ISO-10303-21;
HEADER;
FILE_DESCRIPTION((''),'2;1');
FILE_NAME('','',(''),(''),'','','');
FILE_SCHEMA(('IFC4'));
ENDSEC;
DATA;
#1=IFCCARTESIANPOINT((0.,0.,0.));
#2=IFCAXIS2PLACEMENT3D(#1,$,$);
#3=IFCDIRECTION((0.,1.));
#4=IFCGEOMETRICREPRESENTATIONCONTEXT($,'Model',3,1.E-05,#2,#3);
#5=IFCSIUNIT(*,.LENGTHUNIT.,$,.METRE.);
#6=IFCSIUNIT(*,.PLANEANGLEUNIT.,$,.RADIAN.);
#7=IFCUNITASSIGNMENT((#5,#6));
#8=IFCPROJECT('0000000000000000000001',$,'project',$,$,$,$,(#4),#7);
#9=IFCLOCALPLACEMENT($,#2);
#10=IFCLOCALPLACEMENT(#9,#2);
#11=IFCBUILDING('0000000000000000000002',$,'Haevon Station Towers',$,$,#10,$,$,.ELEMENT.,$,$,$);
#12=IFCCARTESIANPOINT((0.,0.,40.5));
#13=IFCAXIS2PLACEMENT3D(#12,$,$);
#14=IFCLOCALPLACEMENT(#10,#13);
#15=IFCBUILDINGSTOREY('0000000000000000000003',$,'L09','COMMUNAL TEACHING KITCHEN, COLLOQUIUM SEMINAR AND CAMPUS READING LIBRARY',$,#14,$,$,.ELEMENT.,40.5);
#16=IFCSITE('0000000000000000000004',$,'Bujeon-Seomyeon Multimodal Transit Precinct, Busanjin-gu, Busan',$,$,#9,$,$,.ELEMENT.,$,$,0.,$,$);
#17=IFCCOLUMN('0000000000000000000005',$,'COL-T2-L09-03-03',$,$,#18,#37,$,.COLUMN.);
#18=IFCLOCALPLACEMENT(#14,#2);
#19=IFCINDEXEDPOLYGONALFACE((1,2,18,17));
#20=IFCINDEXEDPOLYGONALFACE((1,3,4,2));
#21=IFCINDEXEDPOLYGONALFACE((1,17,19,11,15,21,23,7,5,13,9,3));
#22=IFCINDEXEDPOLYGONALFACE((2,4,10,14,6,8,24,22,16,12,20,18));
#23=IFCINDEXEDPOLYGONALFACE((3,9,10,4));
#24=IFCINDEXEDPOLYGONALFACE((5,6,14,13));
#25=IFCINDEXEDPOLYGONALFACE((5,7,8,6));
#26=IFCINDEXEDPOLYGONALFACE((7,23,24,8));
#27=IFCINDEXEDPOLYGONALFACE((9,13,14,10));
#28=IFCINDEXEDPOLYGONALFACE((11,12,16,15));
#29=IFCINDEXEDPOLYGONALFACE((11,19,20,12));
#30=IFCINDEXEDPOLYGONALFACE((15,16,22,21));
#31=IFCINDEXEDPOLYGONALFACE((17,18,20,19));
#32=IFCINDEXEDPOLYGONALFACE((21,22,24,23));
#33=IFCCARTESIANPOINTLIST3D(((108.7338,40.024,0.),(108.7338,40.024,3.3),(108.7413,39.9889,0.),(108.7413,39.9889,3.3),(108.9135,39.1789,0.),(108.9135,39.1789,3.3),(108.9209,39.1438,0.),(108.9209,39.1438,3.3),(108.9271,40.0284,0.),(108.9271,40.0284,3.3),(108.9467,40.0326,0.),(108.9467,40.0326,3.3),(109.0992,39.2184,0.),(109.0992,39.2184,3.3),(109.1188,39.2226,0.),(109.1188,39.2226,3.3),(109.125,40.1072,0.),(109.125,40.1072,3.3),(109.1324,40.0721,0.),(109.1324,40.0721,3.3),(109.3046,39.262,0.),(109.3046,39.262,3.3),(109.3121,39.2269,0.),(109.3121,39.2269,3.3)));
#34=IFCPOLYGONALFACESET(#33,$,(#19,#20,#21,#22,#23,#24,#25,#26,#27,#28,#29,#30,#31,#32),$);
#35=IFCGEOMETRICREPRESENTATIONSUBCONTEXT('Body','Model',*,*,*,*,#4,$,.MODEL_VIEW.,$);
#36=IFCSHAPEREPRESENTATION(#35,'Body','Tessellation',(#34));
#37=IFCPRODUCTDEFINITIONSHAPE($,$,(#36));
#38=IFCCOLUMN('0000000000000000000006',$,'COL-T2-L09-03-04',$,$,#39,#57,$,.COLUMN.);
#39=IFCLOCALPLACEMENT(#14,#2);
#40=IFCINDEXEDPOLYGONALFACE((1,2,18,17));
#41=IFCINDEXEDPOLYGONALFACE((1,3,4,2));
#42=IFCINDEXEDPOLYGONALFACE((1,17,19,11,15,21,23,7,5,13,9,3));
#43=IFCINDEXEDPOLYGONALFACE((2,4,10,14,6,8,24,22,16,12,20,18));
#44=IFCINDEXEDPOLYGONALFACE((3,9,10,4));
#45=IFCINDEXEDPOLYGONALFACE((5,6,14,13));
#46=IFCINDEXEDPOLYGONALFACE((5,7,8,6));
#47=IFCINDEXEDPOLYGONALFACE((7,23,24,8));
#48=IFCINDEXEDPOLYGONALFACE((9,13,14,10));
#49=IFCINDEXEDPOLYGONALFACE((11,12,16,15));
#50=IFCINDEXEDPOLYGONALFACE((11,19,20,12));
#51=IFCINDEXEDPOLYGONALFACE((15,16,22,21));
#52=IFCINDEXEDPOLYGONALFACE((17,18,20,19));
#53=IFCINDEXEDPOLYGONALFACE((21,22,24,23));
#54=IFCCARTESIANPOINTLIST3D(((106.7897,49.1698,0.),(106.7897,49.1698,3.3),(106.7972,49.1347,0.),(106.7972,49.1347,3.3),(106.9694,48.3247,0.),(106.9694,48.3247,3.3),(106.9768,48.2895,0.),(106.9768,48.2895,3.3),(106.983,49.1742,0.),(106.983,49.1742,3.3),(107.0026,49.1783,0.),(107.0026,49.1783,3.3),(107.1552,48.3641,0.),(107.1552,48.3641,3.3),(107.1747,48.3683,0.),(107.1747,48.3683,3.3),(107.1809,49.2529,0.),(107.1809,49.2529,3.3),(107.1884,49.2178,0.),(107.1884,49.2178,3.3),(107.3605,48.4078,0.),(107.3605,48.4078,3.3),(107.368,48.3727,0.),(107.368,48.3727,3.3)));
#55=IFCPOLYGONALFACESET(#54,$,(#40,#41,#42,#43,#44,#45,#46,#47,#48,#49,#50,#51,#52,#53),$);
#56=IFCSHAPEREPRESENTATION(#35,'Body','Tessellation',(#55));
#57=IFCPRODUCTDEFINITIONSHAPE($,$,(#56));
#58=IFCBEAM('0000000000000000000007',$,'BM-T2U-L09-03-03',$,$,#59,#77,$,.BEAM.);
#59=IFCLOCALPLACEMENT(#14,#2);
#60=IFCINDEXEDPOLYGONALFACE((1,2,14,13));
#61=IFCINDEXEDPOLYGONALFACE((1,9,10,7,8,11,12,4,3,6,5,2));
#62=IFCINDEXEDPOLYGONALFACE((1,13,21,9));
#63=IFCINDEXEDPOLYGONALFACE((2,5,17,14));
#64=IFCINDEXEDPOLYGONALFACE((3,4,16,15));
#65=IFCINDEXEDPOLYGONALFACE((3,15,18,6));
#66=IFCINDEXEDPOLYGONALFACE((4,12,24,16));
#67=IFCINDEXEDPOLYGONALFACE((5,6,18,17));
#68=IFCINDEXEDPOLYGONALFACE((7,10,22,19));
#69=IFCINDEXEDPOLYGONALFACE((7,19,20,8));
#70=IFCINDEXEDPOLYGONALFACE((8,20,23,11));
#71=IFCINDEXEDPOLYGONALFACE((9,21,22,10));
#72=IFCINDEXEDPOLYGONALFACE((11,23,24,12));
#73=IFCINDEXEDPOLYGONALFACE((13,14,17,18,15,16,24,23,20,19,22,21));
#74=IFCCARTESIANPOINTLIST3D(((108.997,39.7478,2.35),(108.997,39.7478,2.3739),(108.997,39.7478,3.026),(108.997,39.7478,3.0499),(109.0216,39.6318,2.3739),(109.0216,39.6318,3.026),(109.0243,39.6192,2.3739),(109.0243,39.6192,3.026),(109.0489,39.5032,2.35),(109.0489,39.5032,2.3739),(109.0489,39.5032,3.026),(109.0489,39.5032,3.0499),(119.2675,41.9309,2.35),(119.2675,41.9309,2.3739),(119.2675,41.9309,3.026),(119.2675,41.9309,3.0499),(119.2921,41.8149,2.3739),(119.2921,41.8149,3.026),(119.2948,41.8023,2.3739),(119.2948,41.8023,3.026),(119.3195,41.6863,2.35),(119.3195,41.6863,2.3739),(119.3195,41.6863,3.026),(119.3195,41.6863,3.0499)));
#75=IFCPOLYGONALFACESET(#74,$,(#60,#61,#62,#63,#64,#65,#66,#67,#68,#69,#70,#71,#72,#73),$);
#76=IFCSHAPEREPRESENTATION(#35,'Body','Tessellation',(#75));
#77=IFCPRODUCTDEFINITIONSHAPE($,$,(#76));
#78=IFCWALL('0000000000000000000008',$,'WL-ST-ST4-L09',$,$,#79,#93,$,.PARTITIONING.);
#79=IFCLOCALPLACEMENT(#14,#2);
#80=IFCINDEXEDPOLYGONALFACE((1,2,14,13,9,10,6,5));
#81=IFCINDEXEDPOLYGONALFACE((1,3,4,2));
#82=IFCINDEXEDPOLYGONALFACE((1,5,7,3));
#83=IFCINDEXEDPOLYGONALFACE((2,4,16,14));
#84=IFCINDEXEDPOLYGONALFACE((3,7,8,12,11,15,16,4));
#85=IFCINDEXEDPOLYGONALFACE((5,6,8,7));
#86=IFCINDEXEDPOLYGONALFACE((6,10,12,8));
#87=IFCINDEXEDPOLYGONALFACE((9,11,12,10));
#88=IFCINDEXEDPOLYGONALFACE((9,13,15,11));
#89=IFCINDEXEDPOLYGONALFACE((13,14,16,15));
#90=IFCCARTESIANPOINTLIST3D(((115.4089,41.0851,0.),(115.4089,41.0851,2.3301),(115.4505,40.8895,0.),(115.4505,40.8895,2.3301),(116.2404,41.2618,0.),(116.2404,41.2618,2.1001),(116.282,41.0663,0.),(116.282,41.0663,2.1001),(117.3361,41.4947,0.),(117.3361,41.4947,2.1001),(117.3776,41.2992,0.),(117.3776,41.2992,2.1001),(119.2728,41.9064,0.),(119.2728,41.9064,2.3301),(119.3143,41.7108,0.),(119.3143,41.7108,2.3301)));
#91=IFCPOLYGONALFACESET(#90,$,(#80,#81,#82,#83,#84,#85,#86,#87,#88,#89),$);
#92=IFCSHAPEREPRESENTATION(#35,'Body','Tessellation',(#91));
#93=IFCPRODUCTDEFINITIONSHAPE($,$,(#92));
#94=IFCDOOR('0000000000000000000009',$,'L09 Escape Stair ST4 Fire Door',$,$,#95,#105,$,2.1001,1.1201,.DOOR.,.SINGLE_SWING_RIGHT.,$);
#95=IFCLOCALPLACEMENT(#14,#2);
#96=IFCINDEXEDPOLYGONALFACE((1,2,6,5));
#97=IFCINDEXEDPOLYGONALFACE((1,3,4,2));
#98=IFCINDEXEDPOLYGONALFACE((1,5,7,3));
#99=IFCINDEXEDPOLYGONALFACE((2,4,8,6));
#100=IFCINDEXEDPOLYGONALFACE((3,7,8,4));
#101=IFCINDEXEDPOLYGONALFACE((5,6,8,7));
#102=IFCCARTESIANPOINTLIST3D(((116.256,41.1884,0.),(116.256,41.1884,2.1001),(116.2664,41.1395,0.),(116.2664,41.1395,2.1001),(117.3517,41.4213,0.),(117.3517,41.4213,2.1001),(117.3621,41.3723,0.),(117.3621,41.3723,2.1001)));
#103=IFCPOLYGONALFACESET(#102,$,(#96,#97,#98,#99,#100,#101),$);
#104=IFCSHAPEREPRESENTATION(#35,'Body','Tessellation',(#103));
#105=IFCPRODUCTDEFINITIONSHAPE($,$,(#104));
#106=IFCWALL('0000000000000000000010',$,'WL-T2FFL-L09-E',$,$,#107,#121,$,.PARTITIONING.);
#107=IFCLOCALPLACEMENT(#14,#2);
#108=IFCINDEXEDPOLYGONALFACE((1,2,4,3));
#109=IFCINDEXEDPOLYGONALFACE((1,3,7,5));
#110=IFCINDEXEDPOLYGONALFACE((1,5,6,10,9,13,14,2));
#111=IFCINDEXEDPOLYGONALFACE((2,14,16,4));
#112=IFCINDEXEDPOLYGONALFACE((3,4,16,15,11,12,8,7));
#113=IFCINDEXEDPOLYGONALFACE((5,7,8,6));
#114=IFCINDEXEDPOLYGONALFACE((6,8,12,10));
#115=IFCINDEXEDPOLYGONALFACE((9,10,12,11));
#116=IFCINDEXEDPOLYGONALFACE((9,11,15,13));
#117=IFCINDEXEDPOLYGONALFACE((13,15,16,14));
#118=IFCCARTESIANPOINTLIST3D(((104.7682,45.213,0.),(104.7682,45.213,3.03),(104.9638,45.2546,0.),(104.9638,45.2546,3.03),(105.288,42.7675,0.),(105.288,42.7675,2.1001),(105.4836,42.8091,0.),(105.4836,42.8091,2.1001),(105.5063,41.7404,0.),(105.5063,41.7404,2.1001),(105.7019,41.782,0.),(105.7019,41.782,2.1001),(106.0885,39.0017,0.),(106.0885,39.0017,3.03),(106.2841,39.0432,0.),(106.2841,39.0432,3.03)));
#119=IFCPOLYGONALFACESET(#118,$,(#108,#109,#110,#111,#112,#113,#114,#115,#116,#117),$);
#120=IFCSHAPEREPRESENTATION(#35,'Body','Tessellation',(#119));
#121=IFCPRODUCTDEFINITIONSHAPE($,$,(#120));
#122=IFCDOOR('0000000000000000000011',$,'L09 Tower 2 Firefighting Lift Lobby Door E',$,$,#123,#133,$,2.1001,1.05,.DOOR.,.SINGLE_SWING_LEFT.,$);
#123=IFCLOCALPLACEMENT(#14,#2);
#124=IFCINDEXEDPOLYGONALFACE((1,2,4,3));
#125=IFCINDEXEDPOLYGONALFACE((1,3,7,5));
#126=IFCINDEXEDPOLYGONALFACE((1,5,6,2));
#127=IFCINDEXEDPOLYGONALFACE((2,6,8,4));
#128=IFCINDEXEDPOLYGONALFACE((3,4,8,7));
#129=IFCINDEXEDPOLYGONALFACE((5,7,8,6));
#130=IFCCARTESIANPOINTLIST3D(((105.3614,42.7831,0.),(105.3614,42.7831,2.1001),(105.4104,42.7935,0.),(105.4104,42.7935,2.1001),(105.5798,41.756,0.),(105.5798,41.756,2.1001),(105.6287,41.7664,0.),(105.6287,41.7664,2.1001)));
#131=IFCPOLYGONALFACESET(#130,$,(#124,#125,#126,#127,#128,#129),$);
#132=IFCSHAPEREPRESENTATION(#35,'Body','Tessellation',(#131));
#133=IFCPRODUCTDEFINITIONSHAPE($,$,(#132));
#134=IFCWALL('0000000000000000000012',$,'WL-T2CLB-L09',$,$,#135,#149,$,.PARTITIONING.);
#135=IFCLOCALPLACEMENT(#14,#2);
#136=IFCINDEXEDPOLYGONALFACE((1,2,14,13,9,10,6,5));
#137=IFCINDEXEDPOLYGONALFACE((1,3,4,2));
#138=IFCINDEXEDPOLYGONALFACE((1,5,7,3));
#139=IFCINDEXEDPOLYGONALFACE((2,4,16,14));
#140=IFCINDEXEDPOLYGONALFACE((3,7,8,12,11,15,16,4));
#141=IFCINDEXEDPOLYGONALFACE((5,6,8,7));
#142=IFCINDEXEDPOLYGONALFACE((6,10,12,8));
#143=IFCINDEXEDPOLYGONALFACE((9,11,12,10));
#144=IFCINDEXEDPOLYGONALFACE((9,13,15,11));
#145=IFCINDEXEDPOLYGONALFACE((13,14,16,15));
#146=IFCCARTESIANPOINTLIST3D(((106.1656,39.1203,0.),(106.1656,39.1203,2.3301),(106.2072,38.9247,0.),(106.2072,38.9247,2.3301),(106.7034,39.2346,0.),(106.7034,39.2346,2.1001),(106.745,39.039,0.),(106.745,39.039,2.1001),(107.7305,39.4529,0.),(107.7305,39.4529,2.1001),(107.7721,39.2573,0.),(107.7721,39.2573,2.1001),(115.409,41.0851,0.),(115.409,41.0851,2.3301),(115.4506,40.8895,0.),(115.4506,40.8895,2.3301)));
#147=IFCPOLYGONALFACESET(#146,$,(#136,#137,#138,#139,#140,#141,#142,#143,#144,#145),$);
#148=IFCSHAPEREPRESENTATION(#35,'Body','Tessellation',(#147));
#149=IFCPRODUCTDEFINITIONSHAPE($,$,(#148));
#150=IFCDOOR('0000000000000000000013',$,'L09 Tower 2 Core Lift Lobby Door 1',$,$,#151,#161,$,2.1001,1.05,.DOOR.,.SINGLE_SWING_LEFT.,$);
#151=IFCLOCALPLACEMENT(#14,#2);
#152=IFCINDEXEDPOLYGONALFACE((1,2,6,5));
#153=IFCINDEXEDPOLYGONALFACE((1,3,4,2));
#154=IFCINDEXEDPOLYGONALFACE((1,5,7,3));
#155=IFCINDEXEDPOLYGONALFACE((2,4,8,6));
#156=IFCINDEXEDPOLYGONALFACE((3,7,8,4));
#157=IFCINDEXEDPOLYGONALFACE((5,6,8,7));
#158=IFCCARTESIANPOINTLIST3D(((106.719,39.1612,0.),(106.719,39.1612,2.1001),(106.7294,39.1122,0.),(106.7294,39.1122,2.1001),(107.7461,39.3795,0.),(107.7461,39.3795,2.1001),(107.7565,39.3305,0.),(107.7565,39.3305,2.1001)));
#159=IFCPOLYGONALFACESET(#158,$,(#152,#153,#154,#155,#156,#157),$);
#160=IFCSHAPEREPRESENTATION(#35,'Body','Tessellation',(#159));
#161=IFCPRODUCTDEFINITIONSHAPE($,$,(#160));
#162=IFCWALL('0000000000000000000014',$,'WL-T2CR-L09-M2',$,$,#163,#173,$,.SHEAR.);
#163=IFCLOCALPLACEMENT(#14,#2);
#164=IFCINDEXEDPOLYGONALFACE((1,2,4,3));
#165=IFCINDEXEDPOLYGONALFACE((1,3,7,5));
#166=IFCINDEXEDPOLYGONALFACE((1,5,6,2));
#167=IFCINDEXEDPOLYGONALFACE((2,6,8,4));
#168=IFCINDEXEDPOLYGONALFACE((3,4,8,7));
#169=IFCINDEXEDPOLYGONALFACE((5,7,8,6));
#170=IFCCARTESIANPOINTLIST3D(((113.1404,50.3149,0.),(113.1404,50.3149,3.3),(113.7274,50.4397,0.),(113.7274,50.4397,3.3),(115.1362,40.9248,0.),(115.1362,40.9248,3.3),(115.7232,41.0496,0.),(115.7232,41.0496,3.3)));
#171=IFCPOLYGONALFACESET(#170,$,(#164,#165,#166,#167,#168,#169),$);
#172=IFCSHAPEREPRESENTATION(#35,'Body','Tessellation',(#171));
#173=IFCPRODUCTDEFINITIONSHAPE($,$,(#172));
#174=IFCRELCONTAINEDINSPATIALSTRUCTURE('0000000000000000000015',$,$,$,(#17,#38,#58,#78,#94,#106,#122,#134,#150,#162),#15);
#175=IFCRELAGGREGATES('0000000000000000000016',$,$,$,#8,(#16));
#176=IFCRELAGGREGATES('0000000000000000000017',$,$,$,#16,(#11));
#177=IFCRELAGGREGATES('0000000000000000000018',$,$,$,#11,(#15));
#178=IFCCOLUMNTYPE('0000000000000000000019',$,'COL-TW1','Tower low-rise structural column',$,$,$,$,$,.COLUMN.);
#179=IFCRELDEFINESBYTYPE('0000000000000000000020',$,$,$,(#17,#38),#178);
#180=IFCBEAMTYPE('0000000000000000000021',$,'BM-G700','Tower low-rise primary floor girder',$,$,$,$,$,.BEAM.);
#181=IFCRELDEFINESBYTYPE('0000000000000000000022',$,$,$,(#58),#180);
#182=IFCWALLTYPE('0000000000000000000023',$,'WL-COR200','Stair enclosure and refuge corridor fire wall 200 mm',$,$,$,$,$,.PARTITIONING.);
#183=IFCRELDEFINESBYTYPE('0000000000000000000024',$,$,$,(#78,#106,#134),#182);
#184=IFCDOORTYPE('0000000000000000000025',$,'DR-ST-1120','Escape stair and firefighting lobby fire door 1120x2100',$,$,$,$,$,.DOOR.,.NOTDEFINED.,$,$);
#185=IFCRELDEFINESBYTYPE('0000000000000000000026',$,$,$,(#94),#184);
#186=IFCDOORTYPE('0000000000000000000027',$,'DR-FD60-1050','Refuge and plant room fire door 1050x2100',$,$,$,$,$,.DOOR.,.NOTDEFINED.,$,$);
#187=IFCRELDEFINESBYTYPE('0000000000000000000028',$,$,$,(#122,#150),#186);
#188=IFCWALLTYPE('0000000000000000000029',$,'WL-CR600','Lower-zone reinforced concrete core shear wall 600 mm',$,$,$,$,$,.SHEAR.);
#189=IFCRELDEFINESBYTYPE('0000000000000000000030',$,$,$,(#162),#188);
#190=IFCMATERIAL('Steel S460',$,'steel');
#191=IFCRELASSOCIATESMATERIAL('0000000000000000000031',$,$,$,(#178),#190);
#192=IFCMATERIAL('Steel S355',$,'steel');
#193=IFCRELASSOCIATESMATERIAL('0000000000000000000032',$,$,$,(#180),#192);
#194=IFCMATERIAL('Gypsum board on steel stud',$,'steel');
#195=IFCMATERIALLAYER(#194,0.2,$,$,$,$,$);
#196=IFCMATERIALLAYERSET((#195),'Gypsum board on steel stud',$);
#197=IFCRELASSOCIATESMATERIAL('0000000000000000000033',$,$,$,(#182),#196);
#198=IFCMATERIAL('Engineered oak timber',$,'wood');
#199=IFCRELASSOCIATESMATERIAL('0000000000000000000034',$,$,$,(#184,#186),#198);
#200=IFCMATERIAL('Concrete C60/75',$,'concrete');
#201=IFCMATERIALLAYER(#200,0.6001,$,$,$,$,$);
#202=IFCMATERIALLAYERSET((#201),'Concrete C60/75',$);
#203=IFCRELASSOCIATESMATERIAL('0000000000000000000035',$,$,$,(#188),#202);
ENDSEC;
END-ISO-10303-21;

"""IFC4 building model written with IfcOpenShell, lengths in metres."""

from ifc_helpers import new_model, si_unit, direction, frame, frame_2d, origin, origin_2d, place, context, subcontext, project, spatial, rectangle, i_section, extrude, material, layer, layer_set, material_profile, profile_set, type_object, element, fill, save


model = new_model("IFC4")

# Units and contexts
model_context = context("Model", 3, precision=1e-05, world=origin(), true_north=direction((0.0, 1.0)))
body_context = subcontext(model_context, "Body", "Model", "MODEL_VIEW")
ifc_project = project(units=[si_unit("LENGTHUNIT", "METRE"), si_unit("PLANEANGLEUNIT", "RADIAN")], contexts=[model_context])

# Site, building, storey
site_placement = place(None, origin())
site = spatial("IfcSite", under=ifc_project, at=site_placement, Name="Bujeon-Seomyeon Multimodal Transit Precinct, Busanjin-gu, Busan", CompositionType="ELEMENT", RefElevation=0.0)
building_placement = place(site_placement, origin())
building = spatial("IfcBuilding", under=site, at=building_placement, Name="Haevon Station Towers", CompositionType="ELEMENT")
storey_placement = place(building_placement, frame((0.0, 0.0, 40.5)))
storey = spatial("IfcBuildingStorey", under=building, at=storey_placement, Name="L09", Description="COMMUNAL TEACHING KITCHEN, COLLOQUIUM SEMINAR AND CAMPUS READING LIBRARY", CompositionType="ELEMENT", Elevation=40.5)

# Columns
ifc_material_1 = material(Name="Steel S460", Category="steel")
ifc_material_profile_1 = material_profile(ifc_material_1, i_section(OverallWidth=0.3999, OverallDepth=0.8999, WebThickness=0.02, FlangeThickness=0.0359, at=origin_2d()), Name="H-900x400x20x36")
ifc_profile_set_1 = profile_set([ifc_material_profile_1], Name="Steel S460")
column_type = type_object("IfcColumnType", Name="COL-TW1", Description="Tower low-rise structural column", PredefinedType="COLUMN", material=ifc_profile_set_1)
for number, where, z_axis, x_axis, name in (
    (1, (109.0229, 39.6255, 0.0), (0.0, 0.0, 1.0), (0.978148, 0.207912, 0.0), "COL-T2-L09-03-03"),
    (2, (107.0789, 48.7712, 0.0), (0.0, 0.0, 1.0), (0.978148, 0.207912, 0.0), "COL-T2-L09-03-04"),
):
    element("IfcColumn", number, at=place(storey_placement, frame(where, z_axis=z_axis, x_axis=x_axis)), inside=storey, type_object=column_type, Name=name, PredefinedType="COLUMN", context=body_context, shape_type="SweptSolid", body=[
        extrude(i_section(OverallWidth=0.3999, OverallDepth=0.8999, WebThickness=0.02, FlangeThickness=0.0359, at=origin_2d()), origin(), (0.0, 0.0, 1.0), 3.3),
    ])

# Beam
ifc_material_2 = material(Name="Steel S355", Category="steel")
ifc_material_profile_2 = material_profile(ifc_material_2, i_section(OverallWidth=0.25, OverallDepth=0.7, WebThickness=0.0129, FlangeThickness=0.0239, at=origin_2d()), Name="H-700x250x13x24")
ifc_profile_set_2 = profile_set([ifc_material_profile_2], Name="Steel S355")
beam_type = type_object("IfcBeamType", Name="BM-G700", Description="Tower low-rise primary floor girder", PredefinedType="BEAM", material=ifc_profile_set_2)
beam_placement = place(storey_placement, frame((109.0229, 39.6255, 2.7), z_axis=(0.978147, 0.207915, 0.0), x_axis=(-0.207915, 0.978147, 0.0)))
element("IfcBeam", 3, at=beam_placement, inside=storey, type_object=beam_type, Name="BM-T2U-L09-03-03", PredefinedType="BEAM", context=body_context, shape_type="SweptSolid", body=[
    extrude(i_section(OverallWidth=0.25, OverallDepth=0.7, WebThickness=0.0129, FlangeThickness=0.0239, at=origin_2d()), origin(), (0.0, 0.0, 1.0), 10.5),
])

# Walls, openings, doors
ifc_material_3 = material(Name="Gypsum board on steel stud", Category="steel")
ifc_layer_1 = layer(ifc_material_3, 0.2)
ifc_layer_set_1 = layer_set([ifc_layer_1], Name="Gypsum board on steel stud")
wall_type_1 = type_object("IfcWallType", Name="WL-COR200", Description="Stair enclosure and refuge corridor fire wall 200 mm", PredefinedType="PARTITIONING", material=ifc_layer_set_1)
wall_1_placement = place(storey_placement, frame((115.4297, 40.9873, 0.0), z_axis=(0.0, 0.0, 1.0), x_axis=(0.978147, 0.207916, 0.0)))
wall_1 = element("IfcWall", 4, at=wall_1_placement, inside=storey, type_object=wall_type_1, Name="WL-ST-ST4-L09", PredefinedType="PARTITIONING", context=body_context, shape_type="SweptSolid", body=[
    extrude(rectangle(XDim=3.9502, YDim=0.2, at=frame_2d((1.9751, 0.0))), origin(), (0.0, 0.0, 1.0), 2.3301),
])
opening_1_placement = place(wall_1_placement, frame((0.8501, 0.0, 0.0)))
opening_1 = element("IfcOpeningElement", 5, at=opening_1_placement, cuts=wall_1, PredefinedType="OPENING", context=body_context, shape_type="SweptSolid", body=[
    extrude(rectangle(XDim=1.1201, YDim=2.1001, at=frame_2d((0.5601, 1.05))), frame((0.0, 0.1099, 0.0), z_axis=(0.0, -1.0, 0.0), x_axis=(1.0, 0.0, 0.0)), (0.0, 0.0, 1.0), 0.22),
])
ifc_material_4 = material(Name="Engineered oak timber", Category="wood")
door_type_1 = type_object("IfcDoorType", Name="DR-ST-1120", Description="Escape stair and firefighting lobby fire door 1120x2100", OperationType="NOTDEFINED", PredefinedType="DOOR", material=ifc_material_4)
door_1_placement = place(opening_1_placement, origin())
door_1 = element("IfcDoor", 6, at=door_1_placement, inside=storey, type_object=door_type_1, Name="L09 Escape Stair ST4 Fire Door", OperationType="SINGLE_SWING_RIGHT", OverallHeight=2.1001, OverallWidth=1.1201, PredefinedType="DOOR", context=body_context, shape_type="SweptSolid", body=[
    extrude(rectangle(XDim=1.1201, YDim=2.1001, at=frame_2d((0.5601, 1.05))), frame((0.0, 0.0249, 0.0), z_axis=(0.0, -1.0, 0.0), x_axis=(1.0, 0.0, 0.0)), (0.0, 0.0, 1.0), 0.05),
])
fill(opening_1, door_1)
wall_2_placement = place(storey_placement, frame((106.1863, 39.0225, 0.0), z_axis=(0.0, 0.0, 1.0), x_axis=(-0.207917, 0.978147, 0.0)))
wall_2 = element("IfcWall", 7, at=wall_2_placement, inside=storey, type_object=wall_type_1, Name="WL-T2FFL-L09-E", PredefinedType="PARTITIONING", context=body_context, shape_type="SweptSolid", body=[
    extrude(rectangle(XDim=6.3501, YDim=0.2, at=frame_2d((3.175, 0.0))), origin(), (0.0, 0.0, 1.0), 3.03),
])
opening_2_placement = place(wall_2_placement, frame((2.8, 0.0, 0.0)))
opening_2 = element("IfcOpeningElement", 8, at=opening_2_placement, cuts=wall_2, PredefinedType="OPENING", context=body_context, shape_type="SweptSolid", body=[
    extrude(rectangle(XDim=1.05, YDim=2.1001, at=frame_2d((0.5249, 1.05))), frame((0.0, 0.1099, 0.0), z_axis=(0.0, -1.0, 0.0), x_axis=(1.0, 0.0, 0.0)), (0.0, 0.0, 1.0), 0.22),
])
door_type_2 = type_object("IfcDoorType", Name="DR-FD60-1050", Description="Refuge and plant room fire door 1050x2100", OperationType="NOTDEFINED", PredefinedType="DOOR", material=ifc_material_4)
door_2_placement = place(opening_2_placement, origin())
door_2 = element("IfcDoor", 9, at=door_2_placement, inside=storey, type_object=door_type_2, Name="L09 Tower 2 Firefighting Lift Lobby Door E", OperationType="SINGLE_SWING_LEFT", OverallHeight=2.1001, OverallWidth=1.05, PredefinedType="DOOR", context=body_context, shape_type="SweptSolid", body=[
    extrude(rectangle(XDim=1.05, YDim=2.1001, at=frame_2d((0.5249, 1.05))), frame((0.0, 0.0249, 0.0), z_axis=(0.0, -1.0, 0.0), x_axis=(1.0, 0.0, 0.0)), (0.0, 0.0, 1.0), 0.05),
])
fill(opening_2, door_2)
wall_3_placement = place(storey_placement, frame((106.1863, 39.0225, 0.0), z_axis=(0.0, 0.0, 1.0), x_axis=(0.978146, 0.207921, 0.0)))
wall_3 = element("IfcWall", 10, at=wall_3_placement, inside=storey, type_object=wall_type_1, Name="WL-T2CLB-L09", PredefinedType="PARTITIONING", context=body_context, shape_type="SweptSolid", body=[
    extrude(rectangle(XDim=9.45, YDim=0.2, at=frame_2d((4.7251, 0.0))), origin(), (0.0, 0.0, 1.0), 2.3301),
])
opening_3_placement = place(wall_3_placement, frame((0.55, 0.0, 0.0)))
opening_3 = element("IfcOpeningElement", 11, at=opening_3_placement, cuts=wall_3, PredefinedType="OPENING", context=body_context, shape_type="SweptSolid", body=[
    extrude(rectangle(XDim=1.05, YDim=2.1001, at=frame_2d((0.5249, 1.05))), frame((0.0, 0.1099, 0.0), z_axis=(0.0, -1.0, 0.0), x_axis=(1.0, 0.0, 0.0)), (0.0, 0.0, 1.0), 0.22),
])
door_3_placement = place(opening_3_placement, origin())
door_3 = element("IfcDoor", 12, at=door_3_placement, inside=storey, type_object=door_type_2, Name="L09 Tower 2 Core Lift Lobby Door 1", OperationType="SINGLE_SWING_LEFT", OverallHeight=2.1001, OverallWidth=1.05, PredefinedType="DOOR", context=body_context, shape_type="SweptSolid", body=[
    extrude(rectangle(XDim=1.05, YDim=2.1001, at=frame_2d((0.5249, 1.05))), frame((0.0, 0.0249, 0.0), z_axis=(0.0, -1.0, 0.0), x_axis=(1.0, 0.0, 0.0)), (0.0, 0.0, 1.0), 0.05),
])
fill(opening_3, door_3)

# Wall
ifc_material_5 = material(Name="Concrete C60/75", Category="concrete")
ifc_layer_2 = layer(ifc_material_5, 0.6001)
ifc_layer_set_2 = layer_set([ifc_layer_2], Name="Concrete C60/75")
wall_type_2 = type_object("IfcWallType", Name="WL-CR600", Description="Lower-zone reinforced concrete core shear wall 600 mm", PredefinedType="SHEAR", material=ifc_layer_set_2)
wall_4_placement = place(storey_placement, frame((115.4297, 40.9873, 0.0), z_axis=(0.0, 0.0, 1.0), x_axis=(-0.207903, 0.978149, 0.0)))
element("IfcWall", 13, at=wall_4_placement, inside=storey, type_object=wall_type_2, Name="WL-T2CR-L09-M2", PredefinedType="SHEAR", context=body_context, shape_type="SweptSolid", body=[
    extrude(rectangle(XDim=9.5999, YDim=0.6001, at=frame_2d((4.7998, 0.0))), origin(), (0.0, 0.0, 1.0), 3.3),
])

save(model, "model.ifc")
